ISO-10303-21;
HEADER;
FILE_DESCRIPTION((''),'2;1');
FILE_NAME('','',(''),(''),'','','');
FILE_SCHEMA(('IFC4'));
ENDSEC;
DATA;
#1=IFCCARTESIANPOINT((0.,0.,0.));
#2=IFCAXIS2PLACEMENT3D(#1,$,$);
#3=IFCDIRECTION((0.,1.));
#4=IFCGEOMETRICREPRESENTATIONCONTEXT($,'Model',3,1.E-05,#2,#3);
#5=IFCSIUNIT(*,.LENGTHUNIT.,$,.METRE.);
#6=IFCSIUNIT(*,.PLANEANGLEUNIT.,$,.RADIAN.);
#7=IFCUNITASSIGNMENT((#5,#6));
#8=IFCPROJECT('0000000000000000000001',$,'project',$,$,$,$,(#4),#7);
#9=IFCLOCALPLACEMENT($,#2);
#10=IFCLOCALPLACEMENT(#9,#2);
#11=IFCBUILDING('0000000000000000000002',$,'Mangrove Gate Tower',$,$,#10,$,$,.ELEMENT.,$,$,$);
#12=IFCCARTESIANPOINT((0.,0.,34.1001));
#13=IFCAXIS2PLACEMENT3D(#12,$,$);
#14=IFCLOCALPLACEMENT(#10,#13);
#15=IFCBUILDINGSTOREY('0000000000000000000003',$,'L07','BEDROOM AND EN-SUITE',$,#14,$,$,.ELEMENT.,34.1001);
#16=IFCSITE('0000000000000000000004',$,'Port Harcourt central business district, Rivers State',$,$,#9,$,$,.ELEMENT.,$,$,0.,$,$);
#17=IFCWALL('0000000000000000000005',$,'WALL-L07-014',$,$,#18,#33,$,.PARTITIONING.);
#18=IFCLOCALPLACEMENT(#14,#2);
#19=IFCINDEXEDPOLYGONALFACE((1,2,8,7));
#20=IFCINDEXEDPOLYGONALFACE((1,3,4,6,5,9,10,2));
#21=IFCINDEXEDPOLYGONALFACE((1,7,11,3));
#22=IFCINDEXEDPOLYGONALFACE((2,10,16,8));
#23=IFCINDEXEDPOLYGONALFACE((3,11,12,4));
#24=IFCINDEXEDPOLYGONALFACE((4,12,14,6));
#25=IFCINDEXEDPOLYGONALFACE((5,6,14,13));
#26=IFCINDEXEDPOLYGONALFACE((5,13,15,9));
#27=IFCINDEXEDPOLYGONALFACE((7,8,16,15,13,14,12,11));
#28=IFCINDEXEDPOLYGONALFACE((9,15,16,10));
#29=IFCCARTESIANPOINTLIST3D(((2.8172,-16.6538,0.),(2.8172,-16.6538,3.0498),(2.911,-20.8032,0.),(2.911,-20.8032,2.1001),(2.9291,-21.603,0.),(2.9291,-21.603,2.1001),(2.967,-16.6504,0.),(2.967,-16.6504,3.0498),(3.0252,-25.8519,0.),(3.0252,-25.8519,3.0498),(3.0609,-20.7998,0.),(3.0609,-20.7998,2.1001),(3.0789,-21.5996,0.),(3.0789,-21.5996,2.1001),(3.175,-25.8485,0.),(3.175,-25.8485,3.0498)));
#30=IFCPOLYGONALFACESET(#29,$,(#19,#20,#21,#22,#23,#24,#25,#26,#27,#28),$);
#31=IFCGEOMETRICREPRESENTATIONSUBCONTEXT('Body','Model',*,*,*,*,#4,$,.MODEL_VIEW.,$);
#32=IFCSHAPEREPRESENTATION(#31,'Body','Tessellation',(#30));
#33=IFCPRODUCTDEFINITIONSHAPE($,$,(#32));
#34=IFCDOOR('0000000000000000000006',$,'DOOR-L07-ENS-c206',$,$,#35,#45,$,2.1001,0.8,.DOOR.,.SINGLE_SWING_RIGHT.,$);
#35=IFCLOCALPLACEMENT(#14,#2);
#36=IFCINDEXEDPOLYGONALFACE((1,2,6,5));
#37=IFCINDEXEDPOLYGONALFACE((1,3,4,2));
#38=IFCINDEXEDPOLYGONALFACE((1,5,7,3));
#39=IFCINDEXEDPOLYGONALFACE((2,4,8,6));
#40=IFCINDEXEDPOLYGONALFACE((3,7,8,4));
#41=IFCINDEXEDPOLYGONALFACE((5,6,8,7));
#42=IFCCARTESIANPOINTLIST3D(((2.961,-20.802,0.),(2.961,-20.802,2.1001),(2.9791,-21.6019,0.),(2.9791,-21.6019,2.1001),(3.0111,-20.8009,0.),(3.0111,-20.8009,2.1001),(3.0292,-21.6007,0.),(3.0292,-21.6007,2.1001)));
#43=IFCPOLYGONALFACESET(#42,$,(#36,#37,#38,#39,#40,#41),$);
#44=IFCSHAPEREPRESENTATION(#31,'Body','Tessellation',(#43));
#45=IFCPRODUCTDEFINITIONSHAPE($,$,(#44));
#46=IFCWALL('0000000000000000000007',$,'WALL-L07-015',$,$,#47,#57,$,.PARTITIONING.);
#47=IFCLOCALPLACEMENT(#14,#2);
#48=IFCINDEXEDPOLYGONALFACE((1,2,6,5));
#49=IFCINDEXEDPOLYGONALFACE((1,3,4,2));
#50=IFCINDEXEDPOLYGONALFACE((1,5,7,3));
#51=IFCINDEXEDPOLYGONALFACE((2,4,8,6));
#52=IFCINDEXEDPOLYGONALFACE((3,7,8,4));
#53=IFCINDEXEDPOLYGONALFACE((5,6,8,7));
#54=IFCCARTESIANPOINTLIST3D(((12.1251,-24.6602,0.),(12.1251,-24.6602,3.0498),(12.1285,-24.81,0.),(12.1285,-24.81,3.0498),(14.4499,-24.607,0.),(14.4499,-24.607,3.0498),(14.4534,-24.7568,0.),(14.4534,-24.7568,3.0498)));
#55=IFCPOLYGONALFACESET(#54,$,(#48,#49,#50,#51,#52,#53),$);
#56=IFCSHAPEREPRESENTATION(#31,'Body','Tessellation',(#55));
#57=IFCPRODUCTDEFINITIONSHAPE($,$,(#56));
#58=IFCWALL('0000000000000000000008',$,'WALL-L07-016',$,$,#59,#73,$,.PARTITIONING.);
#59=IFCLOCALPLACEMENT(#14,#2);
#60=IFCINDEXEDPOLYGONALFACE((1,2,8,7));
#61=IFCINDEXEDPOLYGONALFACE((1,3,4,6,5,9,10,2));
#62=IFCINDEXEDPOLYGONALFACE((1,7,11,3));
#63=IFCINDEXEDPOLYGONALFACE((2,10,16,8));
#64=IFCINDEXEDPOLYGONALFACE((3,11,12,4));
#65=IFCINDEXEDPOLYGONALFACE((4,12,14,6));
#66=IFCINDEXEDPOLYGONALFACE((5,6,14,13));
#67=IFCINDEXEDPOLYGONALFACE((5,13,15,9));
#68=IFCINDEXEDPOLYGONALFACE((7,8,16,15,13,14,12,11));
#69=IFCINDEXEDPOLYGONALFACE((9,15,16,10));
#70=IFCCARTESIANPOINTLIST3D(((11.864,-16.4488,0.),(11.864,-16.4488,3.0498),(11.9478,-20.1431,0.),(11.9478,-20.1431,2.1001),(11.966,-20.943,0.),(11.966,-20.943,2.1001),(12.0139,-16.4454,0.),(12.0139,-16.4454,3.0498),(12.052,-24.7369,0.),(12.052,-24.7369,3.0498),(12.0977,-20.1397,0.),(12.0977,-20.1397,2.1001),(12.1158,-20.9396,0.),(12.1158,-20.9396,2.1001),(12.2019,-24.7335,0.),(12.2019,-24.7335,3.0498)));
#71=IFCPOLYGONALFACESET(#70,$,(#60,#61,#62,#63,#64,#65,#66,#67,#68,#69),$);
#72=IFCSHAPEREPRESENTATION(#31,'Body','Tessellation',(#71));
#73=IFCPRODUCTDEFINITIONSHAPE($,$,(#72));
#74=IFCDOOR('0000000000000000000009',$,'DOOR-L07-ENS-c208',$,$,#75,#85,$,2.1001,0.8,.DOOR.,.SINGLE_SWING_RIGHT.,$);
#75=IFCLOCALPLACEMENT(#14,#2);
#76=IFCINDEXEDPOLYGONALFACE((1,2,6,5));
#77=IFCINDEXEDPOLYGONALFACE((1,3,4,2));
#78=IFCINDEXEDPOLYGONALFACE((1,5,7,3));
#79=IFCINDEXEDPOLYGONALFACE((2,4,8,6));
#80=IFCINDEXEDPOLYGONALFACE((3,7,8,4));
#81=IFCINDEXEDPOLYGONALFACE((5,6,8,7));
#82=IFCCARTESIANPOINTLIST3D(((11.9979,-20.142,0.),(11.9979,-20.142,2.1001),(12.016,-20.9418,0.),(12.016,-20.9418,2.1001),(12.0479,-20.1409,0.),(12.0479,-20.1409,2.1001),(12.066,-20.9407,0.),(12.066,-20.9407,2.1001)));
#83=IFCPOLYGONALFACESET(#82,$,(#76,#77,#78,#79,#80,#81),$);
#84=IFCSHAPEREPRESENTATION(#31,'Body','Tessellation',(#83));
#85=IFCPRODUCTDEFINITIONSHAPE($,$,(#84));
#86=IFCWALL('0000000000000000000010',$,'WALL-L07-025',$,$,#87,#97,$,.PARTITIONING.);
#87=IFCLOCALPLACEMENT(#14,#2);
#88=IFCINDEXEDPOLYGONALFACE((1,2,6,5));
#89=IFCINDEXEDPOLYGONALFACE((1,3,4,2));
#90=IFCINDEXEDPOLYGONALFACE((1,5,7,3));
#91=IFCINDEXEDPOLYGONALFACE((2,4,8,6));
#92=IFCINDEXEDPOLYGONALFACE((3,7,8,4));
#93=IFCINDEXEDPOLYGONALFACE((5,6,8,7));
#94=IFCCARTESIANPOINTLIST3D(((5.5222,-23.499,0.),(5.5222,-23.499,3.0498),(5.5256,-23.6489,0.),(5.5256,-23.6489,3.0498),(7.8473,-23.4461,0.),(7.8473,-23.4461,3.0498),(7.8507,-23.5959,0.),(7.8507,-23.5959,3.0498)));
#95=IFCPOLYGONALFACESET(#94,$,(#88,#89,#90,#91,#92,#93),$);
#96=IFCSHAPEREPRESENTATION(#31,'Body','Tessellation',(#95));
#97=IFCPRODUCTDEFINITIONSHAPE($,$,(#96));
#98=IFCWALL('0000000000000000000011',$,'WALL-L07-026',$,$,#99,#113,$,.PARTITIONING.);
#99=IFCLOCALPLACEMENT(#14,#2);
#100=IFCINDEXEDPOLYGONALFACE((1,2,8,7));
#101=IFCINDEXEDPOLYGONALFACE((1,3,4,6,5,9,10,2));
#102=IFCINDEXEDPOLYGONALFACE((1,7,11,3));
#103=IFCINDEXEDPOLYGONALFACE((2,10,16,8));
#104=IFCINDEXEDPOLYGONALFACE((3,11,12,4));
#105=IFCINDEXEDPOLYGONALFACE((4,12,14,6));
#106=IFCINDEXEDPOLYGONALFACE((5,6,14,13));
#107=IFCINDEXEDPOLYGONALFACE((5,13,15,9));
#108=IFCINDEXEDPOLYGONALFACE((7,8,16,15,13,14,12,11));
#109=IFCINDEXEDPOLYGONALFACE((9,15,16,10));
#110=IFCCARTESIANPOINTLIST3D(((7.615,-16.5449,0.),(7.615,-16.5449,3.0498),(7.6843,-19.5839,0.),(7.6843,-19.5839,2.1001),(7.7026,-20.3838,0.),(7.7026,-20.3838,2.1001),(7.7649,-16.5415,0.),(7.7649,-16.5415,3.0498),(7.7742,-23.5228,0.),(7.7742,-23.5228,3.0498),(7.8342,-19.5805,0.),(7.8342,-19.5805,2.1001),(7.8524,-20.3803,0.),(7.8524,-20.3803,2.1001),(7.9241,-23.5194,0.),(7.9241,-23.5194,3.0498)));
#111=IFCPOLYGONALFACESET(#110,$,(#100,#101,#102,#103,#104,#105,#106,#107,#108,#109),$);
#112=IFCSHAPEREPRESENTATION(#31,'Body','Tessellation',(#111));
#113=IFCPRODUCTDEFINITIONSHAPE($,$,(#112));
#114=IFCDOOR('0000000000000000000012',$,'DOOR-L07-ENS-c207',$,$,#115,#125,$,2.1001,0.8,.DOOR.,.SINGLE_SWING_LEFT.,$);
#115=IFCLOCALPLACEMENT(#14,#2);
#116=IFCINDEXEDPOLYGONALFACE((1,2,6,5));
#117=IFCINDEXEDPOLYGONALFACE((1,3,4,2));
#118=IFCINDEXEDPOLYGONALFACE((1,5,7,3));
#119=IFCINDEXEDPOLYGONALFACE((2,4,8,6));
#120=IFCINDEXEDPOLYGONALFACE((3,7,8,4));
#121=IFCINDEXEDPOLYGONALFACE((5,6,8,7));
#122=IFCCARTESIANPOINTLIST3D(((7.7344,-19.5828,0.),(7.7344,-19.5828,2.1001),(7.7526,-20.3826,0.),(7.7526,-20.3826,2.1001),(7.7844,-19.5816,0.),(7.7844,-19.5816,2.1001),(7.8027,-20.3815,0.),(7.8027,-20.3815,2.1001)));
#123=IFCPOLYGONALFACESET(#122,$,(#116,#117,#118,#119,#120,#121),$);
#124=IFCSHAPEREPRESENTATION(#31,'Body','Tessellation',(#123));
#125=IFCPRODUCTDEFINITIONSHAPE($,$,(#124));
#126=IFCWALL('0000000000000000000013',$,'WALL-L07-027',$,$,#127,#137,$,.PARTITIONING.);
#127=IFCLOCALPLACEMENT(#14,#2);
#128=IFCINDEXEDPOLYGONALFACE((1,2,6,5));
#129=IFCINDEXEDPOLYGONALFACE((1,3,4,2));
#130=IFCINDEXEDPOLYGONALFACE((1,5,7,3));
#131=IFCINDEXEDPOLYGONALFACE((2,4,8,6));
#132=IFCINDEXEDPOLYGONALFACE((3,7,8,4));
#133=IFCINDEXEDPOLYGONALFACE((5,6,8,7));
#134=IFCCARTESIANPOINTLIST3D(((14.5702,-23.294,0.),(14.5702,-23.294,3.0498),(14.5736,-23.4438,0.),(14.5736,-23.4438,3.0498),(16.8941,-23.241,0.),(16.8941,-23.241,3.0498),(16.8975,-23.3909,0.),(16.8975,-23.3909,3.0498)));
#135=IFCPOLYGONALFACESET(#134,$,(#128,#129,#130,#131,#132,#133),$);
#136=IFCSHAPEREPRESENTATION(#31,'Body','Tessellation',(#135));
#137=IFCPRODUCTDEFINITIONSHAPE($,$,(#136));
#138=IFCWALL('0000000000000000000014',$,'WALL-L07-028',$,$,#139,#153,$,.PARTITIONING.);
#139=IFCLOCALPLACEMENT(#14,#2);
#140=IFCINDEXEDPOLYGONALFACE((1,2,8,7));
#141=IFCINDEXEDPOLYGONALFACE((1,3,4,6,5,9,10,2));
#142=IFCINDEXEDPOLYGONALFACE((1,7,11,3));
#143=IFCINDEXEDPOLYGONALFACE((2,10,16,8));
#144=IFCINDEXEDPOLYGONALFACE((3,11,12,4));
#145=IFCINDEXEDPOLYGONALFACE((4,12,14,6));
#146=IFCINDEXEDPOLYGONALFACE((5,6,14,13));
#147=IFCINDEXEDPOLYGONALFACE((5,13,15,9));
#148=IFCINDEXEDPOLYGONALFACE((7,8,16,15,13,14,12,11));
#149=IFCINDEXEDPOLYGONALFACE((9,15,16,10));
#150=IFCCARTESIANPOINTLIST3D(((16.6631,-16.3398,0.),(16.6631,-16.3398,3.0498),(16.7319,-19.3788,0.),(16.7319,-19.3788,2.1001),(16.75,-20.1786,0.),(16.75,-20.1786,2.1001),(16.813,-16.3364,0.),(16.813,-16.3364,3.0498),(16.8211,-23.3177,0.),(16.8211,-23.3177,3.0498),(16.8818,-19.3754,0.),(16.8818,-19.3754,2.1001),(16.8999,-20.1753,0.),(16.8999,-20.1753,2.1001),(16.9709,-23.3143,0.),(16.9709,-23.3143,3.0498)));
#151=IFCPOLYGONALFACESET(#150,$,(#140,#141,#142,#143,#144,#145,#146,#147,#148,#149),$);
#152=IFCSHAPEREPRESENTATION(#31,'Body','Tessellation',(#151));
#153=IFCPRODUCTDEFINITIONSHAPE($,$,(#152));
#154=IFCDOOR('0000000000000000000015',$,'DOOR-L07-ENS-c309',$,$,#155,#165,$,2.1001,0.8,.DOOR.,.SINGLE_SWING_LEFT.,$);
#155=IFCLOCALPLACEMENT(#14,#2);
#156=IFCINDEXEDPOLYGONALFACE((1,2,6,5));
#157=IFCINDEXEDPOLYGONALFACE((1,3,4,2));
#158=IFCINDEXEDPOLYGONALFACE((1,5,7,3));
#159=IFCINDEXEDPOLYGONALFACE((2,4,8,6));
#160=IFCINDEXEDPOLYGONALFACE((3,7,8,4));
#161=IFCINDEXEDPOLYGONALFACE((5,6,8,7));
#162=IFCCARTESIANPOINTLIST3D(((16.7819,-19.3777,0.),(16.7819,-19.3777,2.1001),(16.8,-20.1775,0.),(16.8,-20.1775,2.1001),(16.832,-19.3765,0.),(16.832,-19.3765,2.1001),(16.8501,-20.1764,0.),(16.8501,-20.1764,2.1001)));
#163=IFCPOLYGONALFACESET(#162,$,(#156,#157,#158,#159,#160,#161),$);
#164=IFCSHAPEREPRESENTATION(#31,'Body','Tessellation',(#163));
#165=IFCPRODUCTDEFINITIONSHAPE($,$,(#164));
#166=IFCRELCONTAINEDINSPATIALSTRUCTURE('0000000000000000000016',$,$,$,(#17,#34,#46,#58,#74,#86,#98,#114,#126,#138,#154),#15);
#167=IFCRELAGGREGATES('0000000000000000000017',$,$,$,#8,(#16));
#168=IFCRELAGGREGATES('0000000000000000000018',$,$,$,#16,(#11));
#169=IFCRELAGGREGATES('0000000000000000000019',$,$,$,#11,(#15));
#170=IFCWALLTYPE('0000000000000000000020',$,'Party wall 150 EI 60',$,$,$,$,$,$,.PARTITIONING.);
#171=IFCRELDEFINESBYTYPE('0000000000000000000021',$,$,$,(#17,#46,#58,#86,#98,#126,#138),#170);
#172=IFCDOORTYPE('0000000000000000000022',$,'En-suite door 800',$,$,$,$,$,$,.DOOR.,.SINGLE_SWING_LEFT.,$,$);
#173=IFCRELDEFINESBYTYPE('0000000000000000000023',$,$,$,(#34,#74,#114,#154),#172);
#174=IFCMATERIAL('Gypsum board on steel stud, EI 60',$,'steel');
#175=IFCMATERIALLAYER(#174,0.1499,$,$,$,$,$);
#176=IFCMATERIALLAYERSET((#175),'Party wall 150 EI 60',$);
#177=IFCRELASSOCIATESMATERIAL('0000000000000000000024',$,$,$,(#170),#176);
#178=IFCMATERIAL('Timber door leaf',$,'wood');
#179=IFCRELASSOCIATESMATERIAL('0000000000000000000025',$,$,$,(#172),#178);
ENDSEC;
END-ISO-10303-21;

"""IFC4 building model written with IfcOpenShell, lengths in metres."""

from ifc_helpers import new_model, si_unit, direction, frame, frame_2d, origin, place, context, subcontext, project, spatial, rectangle, extrude, material, layer, layer_set, type_object, element, fill, save


model = new_model("IFC4")

# Units and contexts
model_context = context("Model", 3, precision=1e-05, world=origin(), true_north=direction((0.0, 1.0)))
body_context = subcontext(model_context, "Body", "Model", "MODEL_VIEW")
ifc_project = project(units=[si_unit("LENGTHUNIT", "METRE"), si_unit("PLANEANGLEUNIT", "RADIAN")], contexts=[model_context])

# Site, building, storey
site_placement = place(None, origin())
site = spatial("IfcSite", under=ifc_project, at=site_placement, Name="Port Harcourt central business district, Rivers State", CompositionType="ELEMENT", RefElevation=0.0)
building_placement = place(site_placement, origin())
building = spatial("IfcBuilding", under=site, at=building_placement, Name="Mangrove Gate Tower", CompositionType="ELEMENT")
storey_placement = place(building_placement, frame((0.0, 0.0, 34.1001)))
storey = spatial("IfcBuildingStorey", under=building, at=storey_placement, Name="L07", Description="BEDROOM AND EN-SUITE", CompositionType="ELEMENT", Elevation=34.1001)

# Shared definitions
ifc_material_1 = material(Name="Gypsum board on steel stud, EI 60", Category="steel")
ifc_layer_1 = layer(ifc_material_1, 0.1499)
ifc_layer_set_1 = layer_set([ifc_layer_1], Name="Party wall 150 EI 60")
wall_type_1 = type_object("IfcWallType", Name="Party wall 150 EI 60", PredefinedType="PARTITIONING", material=ifc_layer_set_1)

# Wall, opening, door
wall_1_placement = place(storey_placement, frame((3.1001, -25.8501, 0.0), z_axis=(0.0, 0.0, 1.0), x_axis=(-0.022609, 0.999744, 0.0)))
wall_1 = element("IfcWall", 1, at=wall_1_placement, inside=storey, type_object=wall_type_1, Name="WALL-L07-014", PredefinedType="PARTITIONING", context=body_context, shape_type="SweptSolid", body=[
    extrude(rectangle(XDim=9.2004, YDim=0.1499, at=frame_2d((4.6001, 0.0))), origin(), (0.0, 0.0, 1.0), 3.0498),
])
opening_1_placement = place(wall_1_placement, frame((4.25, 0.0, 0.0)))
opening_1 = element("IfcOpeningElement", 2, at=opening_1_placement, cuts=wall_1, PredefinedType="OPENING", context=body_context, shape_type="SweptSolid", body=[
    extrude(rectangle(XDim=0.8, YDim=2.1001, at=frame_2d((0.3999, 1.05))), frame((0.0, 0.085, 0.0), z_axis=(0.0, -1.0, 0.0), x_axis=(1.0, 0.0, 0.0)), (0.0, 0.0, 1.0), 0.1699),
])
ifc_material_2 = material(Name="Timber door leaf", Category="wood")
door_type_1 = type_object("IfcDoorType", Name="En-suite door 800", OperationType="SINGLE_SWING_LEFT", PredefinedType="DOOR", material=ifc_material_2)
door_1_placement = place(opening_1_placement, origin())
door_1 = element("IfcDoor", 3, at=door_1_placement, inside=storey, type_object=door_type_1, Name="DOOR-L07-ENS-c206", OperationType="SINGLE_SWING_RIGHT", OverallHeight=2.1001, OverallWidth=0.8, PredefinedType="DOOR", context=body_context, shape_type="SweptSolid", body=[
    extrude(rectangle(XDim=0.8, YDim=2.1001, at=frame_2d((0.3999, 1.05))), frame((0.0, 0.0249, 0.0), z_axis=(0.0, -1.0, 0.0), x_axis=(1.0, 0.0, 0.0)), (0.0, 0.0, 1.0), 0.05),
])
fill(opening_1, door_1)

# Wall
wall_2_placement = place(storey_placement, frame((12.127, -24.7351, 0.0), z_axis=(0.0, 0.0, 1.0), x_axis=(0.999738, 0.022886, 0.0)))
element("IfcWall", 4, at=wall_2_placement, inside=storey, type_object=wall_type_1, Name="WALL-L07-015", PredefinedType="PARTITIONING", context=body_context, shape_type="SweptSolid", body=[
    extrude(rectangle(XDim=2.3254, YDim=0.1499, at=frame_2d((1.1626, 0.0))), origin(), (0.0, 0.0, 1.0), 3.0498),
])

# Wall, opening, door
wall_3_placement = place(storey_placement, frame((12.127, -24.7351, 0.0), z_axis=(0.0, 0.0, 1.0), x_axis=(-0.022676, 0.999743, 0.0)))
wall_3 = element("IfcWall", 5, at=wall_3_placement, inside=storey, type_object=wall_type_1, Name="WALL-L07-016", PredefinedType="PARTITIONING", context=body_context, shape_type="SweptSolid", body=[
    extrude(rectangle(XDim=8.2903, YDim=0.1499, at=frame_2d((4.145, 0.0))), origin(), (0.0, 0.0, 1.0), 3.0498),
])
opening_2_placement = place(wall_3_placement, frame((3.7949, 0.0, 0.0)))
opening_2 = element("IfcOpeningElement", 6, at=opening_2_placement, cuts=wall_3, PredefinedType="OPENING", context=body_context, shape_type="SweptSolid", body=[
    extrude(rectangle(XDim=0.8, YDim=2.1001, at=frame_2d((0.3999, 1.05))), frame((0.0, 0.085, 0.0), z_axis=(0.0, -1.0, 0.0), x_axis=(1.0, 0.0, 0.0)), (0.0, 0.0, 1.0), 0.1699),
])
door_2_placement = place(opening_2_placement, origin())
door_2 = element("IfcDoor", 7, at=door_2_placement, inside=storey, type_object=door_type_1, Name="DOOR-L07-ENS-c208", OperationType="SINGLE_SWING_RIGHT", OverallHeight=2.1001, OverallWidth=0.8, PredefinedType="DOOR", context=body_context, shape_type="SweptSolid", body=[
    extrude(rectangle(XDim=0.8, YDim=2.1001, at=frame_2d((0.3999, 1.05))), frame((0.0, 0.0249, 0.0), z_axis=(0.0, -1.0, 0.0), x_axis=(1.0, 0.0, 0.0)), (0.0, 0.0, 1.0), 0.05),
])
fill(opening_2, door_2)

# Wall
wall_4_placement = place(storey_placement, frame((5.5239, -23.574, 0.0), z_axis=(0.0, 0.0, 1.0), x_axis=(0.999741, 0.022779, 0.0)))
element("IfcWall", 8, at=wall_4_placement, inside=storey, type_object=wall_type_1, Name="WALL-L07-025", PredefinedType="PARTITIONING", context=body_context, shape_type="SweptSolid", body=[
    extrude(rectangle(XDim=2.3257, YDim=0.1499, at=frame_2d((1.1628, 0.0))), origin(), (0.0, 0.0, 1.0), 3.0498),
])

# Wall, opening, door
wall_5_placement = place(storey_placement, frame((7.8491, -23.521, 0.0), z_axis=(0.0, 0.0, 1.0), x_axis=(-0.022806, 0.99974, 0.0)))
wall_5 = element("IfcWall", 9, at=wall_5_placement, inside=storey, type_object=wall_type_1, Name="WALL-L07-026", PredefinedType="PARTITIONING", context=body_context, shape_type="SweptSolid", body=[
    extrude(rectangle(XDim=6.9797, YDim=0.1499, at=frame_2d((3.4897, 0.0))), origin(), (0.0, 0.0, 1.0), 3.0498),
])
opening_3_placement = place(wall_5_placement, frame((3.1399, 0.0, 0.0)))
opening_3 = element("IfcOpeningElement", 10, at=opening_3_placement, cuts=wall_5, PredefinedType="OPENING", context=body_context, shape_type="SweptSolid", body=[
    extrude(rectangle(XDim=0.8, YDim=2.1001, at=frame_2d((0.3999, 1.05))), frame((0.0, 0.085, 0.0), z_axis=(0.0, -1.0, 0.0), x_axis=(1.0, 0.0, 0.0)), (0.0, 0.0, 1.0), 0.1699),
])
door_3_placement = place(opening_3_placement, origin())
door_3 = element("IfcDoor", 11, at=door_3_placement, inside=storey, type_object=door_type_1, Name="DOOR-L07-ENS-c207", OperationType="SINGLE_SWING_LEFT", OverallHeight=2.1001, OverallWidth=0.8, PredefinedType="DOOR", context=body_context, shape_type="SweptSolid", body=[
    extrude(rectangle(XDim=0.8, YDim=2.1001, at=frame_2d((0.3999, 1.05))), frame((0.0, 0.0249, 0.0), z_axis=(0.0, -1.0, 0.0), x_axis=(1.0, 0.0, 0.0)), (0.0, 0.0, 1.0), 0.05),
])
fill(opening_3, door_3)

# Wall
wall_6_placement = place(storey_placement, frame((14.572, -23.3689, 0.0), z_axis=(0.0, 0.0, 1.0), x_axis=(0.99974, 0.022791, 0.0)))
element("IfcWall", 12, at=wall_6_placement, inside=storey, type_object=wall_type_1, Name="WALL-L07-027", PredefinedType="PARTITIONING", context=body_context, shape_type="SweptSolid", body=[
    extrude(rectangle(XDim=2.3245, YDim=0.1499, at=frame_2d((1.1621, 0.0))), origin(), (0.0, 0.0, 1.0), 3.0498),
])

# Wall, opening, door
wall_7_placement = place(storey_placement, frame((16.896, -23.3159, 0.0), z_axis=(0.0, 0.0, 1.0), x_axis=(-0.022631, 0.999744, 0.0)))
wall_7 = element("IfcWall", 13, at=wall_7_placement, inside=storey, type_object=wall_type_1, Name="WALL-L07-028", PredefinedType="PARTITIONING", context=body_context, shape_type="SweptSolid", body=[
    extrude(rectangle(XDim=6.9797, YDim=0.1499, at=frame_2d((3.4897, 0.0))), origin(), (0.0, 0.0, 1.0), 3.0498),
])
opening_4_placement = place(wall_7_placement, frame((3.1399, 0.0, 0.0)))
opening_4 = element("IfcOpeningElement", 14, at=opening_4_placement, cuts=wall_7, PredefinedType="OPENING", context=body_context, shape_type="SweptSolid", body=[
    extrude(rectangle(XDim=0.8, YDim=2.1001, at=frame_2d((0.3999, 1.05))), frame((0.0, 0.085, 0.0), z_axis=(0.0, -1.0, 0.0), x_axis=(1.0, 0.0, 0.0)), (0.0, 0.0, 1.0), 0.1699),
])
door_4_placement = place(opening_4_placement, origin())
door_4 = element("IfcDoor", 15, at=door_4_placement, inside=storey, type_object=door_type_1, Name="DOOR-L07-ENS-c309", OperationType="SINGLE_SWING_LEFT", OverallHeight=2.1001, OverallWidth=0.8, PredefinedType="DOOR", context=body_context, shape_type="SweptSolid", body=[
    extrude(rectangle(XDim=0.8, YDim=2.1001, at=frame_2d((0.3999, 1.05))), frame((0.0, 0.0249, 0.0), z_axis=(0.0, -1.0, 0.0), x_axis=(1.0, 0.0, 0.0)), (0.0, 0.0, 1.0), 0.05),
])
fill(opening_4, door_4)

save(model, "model.ifc")
